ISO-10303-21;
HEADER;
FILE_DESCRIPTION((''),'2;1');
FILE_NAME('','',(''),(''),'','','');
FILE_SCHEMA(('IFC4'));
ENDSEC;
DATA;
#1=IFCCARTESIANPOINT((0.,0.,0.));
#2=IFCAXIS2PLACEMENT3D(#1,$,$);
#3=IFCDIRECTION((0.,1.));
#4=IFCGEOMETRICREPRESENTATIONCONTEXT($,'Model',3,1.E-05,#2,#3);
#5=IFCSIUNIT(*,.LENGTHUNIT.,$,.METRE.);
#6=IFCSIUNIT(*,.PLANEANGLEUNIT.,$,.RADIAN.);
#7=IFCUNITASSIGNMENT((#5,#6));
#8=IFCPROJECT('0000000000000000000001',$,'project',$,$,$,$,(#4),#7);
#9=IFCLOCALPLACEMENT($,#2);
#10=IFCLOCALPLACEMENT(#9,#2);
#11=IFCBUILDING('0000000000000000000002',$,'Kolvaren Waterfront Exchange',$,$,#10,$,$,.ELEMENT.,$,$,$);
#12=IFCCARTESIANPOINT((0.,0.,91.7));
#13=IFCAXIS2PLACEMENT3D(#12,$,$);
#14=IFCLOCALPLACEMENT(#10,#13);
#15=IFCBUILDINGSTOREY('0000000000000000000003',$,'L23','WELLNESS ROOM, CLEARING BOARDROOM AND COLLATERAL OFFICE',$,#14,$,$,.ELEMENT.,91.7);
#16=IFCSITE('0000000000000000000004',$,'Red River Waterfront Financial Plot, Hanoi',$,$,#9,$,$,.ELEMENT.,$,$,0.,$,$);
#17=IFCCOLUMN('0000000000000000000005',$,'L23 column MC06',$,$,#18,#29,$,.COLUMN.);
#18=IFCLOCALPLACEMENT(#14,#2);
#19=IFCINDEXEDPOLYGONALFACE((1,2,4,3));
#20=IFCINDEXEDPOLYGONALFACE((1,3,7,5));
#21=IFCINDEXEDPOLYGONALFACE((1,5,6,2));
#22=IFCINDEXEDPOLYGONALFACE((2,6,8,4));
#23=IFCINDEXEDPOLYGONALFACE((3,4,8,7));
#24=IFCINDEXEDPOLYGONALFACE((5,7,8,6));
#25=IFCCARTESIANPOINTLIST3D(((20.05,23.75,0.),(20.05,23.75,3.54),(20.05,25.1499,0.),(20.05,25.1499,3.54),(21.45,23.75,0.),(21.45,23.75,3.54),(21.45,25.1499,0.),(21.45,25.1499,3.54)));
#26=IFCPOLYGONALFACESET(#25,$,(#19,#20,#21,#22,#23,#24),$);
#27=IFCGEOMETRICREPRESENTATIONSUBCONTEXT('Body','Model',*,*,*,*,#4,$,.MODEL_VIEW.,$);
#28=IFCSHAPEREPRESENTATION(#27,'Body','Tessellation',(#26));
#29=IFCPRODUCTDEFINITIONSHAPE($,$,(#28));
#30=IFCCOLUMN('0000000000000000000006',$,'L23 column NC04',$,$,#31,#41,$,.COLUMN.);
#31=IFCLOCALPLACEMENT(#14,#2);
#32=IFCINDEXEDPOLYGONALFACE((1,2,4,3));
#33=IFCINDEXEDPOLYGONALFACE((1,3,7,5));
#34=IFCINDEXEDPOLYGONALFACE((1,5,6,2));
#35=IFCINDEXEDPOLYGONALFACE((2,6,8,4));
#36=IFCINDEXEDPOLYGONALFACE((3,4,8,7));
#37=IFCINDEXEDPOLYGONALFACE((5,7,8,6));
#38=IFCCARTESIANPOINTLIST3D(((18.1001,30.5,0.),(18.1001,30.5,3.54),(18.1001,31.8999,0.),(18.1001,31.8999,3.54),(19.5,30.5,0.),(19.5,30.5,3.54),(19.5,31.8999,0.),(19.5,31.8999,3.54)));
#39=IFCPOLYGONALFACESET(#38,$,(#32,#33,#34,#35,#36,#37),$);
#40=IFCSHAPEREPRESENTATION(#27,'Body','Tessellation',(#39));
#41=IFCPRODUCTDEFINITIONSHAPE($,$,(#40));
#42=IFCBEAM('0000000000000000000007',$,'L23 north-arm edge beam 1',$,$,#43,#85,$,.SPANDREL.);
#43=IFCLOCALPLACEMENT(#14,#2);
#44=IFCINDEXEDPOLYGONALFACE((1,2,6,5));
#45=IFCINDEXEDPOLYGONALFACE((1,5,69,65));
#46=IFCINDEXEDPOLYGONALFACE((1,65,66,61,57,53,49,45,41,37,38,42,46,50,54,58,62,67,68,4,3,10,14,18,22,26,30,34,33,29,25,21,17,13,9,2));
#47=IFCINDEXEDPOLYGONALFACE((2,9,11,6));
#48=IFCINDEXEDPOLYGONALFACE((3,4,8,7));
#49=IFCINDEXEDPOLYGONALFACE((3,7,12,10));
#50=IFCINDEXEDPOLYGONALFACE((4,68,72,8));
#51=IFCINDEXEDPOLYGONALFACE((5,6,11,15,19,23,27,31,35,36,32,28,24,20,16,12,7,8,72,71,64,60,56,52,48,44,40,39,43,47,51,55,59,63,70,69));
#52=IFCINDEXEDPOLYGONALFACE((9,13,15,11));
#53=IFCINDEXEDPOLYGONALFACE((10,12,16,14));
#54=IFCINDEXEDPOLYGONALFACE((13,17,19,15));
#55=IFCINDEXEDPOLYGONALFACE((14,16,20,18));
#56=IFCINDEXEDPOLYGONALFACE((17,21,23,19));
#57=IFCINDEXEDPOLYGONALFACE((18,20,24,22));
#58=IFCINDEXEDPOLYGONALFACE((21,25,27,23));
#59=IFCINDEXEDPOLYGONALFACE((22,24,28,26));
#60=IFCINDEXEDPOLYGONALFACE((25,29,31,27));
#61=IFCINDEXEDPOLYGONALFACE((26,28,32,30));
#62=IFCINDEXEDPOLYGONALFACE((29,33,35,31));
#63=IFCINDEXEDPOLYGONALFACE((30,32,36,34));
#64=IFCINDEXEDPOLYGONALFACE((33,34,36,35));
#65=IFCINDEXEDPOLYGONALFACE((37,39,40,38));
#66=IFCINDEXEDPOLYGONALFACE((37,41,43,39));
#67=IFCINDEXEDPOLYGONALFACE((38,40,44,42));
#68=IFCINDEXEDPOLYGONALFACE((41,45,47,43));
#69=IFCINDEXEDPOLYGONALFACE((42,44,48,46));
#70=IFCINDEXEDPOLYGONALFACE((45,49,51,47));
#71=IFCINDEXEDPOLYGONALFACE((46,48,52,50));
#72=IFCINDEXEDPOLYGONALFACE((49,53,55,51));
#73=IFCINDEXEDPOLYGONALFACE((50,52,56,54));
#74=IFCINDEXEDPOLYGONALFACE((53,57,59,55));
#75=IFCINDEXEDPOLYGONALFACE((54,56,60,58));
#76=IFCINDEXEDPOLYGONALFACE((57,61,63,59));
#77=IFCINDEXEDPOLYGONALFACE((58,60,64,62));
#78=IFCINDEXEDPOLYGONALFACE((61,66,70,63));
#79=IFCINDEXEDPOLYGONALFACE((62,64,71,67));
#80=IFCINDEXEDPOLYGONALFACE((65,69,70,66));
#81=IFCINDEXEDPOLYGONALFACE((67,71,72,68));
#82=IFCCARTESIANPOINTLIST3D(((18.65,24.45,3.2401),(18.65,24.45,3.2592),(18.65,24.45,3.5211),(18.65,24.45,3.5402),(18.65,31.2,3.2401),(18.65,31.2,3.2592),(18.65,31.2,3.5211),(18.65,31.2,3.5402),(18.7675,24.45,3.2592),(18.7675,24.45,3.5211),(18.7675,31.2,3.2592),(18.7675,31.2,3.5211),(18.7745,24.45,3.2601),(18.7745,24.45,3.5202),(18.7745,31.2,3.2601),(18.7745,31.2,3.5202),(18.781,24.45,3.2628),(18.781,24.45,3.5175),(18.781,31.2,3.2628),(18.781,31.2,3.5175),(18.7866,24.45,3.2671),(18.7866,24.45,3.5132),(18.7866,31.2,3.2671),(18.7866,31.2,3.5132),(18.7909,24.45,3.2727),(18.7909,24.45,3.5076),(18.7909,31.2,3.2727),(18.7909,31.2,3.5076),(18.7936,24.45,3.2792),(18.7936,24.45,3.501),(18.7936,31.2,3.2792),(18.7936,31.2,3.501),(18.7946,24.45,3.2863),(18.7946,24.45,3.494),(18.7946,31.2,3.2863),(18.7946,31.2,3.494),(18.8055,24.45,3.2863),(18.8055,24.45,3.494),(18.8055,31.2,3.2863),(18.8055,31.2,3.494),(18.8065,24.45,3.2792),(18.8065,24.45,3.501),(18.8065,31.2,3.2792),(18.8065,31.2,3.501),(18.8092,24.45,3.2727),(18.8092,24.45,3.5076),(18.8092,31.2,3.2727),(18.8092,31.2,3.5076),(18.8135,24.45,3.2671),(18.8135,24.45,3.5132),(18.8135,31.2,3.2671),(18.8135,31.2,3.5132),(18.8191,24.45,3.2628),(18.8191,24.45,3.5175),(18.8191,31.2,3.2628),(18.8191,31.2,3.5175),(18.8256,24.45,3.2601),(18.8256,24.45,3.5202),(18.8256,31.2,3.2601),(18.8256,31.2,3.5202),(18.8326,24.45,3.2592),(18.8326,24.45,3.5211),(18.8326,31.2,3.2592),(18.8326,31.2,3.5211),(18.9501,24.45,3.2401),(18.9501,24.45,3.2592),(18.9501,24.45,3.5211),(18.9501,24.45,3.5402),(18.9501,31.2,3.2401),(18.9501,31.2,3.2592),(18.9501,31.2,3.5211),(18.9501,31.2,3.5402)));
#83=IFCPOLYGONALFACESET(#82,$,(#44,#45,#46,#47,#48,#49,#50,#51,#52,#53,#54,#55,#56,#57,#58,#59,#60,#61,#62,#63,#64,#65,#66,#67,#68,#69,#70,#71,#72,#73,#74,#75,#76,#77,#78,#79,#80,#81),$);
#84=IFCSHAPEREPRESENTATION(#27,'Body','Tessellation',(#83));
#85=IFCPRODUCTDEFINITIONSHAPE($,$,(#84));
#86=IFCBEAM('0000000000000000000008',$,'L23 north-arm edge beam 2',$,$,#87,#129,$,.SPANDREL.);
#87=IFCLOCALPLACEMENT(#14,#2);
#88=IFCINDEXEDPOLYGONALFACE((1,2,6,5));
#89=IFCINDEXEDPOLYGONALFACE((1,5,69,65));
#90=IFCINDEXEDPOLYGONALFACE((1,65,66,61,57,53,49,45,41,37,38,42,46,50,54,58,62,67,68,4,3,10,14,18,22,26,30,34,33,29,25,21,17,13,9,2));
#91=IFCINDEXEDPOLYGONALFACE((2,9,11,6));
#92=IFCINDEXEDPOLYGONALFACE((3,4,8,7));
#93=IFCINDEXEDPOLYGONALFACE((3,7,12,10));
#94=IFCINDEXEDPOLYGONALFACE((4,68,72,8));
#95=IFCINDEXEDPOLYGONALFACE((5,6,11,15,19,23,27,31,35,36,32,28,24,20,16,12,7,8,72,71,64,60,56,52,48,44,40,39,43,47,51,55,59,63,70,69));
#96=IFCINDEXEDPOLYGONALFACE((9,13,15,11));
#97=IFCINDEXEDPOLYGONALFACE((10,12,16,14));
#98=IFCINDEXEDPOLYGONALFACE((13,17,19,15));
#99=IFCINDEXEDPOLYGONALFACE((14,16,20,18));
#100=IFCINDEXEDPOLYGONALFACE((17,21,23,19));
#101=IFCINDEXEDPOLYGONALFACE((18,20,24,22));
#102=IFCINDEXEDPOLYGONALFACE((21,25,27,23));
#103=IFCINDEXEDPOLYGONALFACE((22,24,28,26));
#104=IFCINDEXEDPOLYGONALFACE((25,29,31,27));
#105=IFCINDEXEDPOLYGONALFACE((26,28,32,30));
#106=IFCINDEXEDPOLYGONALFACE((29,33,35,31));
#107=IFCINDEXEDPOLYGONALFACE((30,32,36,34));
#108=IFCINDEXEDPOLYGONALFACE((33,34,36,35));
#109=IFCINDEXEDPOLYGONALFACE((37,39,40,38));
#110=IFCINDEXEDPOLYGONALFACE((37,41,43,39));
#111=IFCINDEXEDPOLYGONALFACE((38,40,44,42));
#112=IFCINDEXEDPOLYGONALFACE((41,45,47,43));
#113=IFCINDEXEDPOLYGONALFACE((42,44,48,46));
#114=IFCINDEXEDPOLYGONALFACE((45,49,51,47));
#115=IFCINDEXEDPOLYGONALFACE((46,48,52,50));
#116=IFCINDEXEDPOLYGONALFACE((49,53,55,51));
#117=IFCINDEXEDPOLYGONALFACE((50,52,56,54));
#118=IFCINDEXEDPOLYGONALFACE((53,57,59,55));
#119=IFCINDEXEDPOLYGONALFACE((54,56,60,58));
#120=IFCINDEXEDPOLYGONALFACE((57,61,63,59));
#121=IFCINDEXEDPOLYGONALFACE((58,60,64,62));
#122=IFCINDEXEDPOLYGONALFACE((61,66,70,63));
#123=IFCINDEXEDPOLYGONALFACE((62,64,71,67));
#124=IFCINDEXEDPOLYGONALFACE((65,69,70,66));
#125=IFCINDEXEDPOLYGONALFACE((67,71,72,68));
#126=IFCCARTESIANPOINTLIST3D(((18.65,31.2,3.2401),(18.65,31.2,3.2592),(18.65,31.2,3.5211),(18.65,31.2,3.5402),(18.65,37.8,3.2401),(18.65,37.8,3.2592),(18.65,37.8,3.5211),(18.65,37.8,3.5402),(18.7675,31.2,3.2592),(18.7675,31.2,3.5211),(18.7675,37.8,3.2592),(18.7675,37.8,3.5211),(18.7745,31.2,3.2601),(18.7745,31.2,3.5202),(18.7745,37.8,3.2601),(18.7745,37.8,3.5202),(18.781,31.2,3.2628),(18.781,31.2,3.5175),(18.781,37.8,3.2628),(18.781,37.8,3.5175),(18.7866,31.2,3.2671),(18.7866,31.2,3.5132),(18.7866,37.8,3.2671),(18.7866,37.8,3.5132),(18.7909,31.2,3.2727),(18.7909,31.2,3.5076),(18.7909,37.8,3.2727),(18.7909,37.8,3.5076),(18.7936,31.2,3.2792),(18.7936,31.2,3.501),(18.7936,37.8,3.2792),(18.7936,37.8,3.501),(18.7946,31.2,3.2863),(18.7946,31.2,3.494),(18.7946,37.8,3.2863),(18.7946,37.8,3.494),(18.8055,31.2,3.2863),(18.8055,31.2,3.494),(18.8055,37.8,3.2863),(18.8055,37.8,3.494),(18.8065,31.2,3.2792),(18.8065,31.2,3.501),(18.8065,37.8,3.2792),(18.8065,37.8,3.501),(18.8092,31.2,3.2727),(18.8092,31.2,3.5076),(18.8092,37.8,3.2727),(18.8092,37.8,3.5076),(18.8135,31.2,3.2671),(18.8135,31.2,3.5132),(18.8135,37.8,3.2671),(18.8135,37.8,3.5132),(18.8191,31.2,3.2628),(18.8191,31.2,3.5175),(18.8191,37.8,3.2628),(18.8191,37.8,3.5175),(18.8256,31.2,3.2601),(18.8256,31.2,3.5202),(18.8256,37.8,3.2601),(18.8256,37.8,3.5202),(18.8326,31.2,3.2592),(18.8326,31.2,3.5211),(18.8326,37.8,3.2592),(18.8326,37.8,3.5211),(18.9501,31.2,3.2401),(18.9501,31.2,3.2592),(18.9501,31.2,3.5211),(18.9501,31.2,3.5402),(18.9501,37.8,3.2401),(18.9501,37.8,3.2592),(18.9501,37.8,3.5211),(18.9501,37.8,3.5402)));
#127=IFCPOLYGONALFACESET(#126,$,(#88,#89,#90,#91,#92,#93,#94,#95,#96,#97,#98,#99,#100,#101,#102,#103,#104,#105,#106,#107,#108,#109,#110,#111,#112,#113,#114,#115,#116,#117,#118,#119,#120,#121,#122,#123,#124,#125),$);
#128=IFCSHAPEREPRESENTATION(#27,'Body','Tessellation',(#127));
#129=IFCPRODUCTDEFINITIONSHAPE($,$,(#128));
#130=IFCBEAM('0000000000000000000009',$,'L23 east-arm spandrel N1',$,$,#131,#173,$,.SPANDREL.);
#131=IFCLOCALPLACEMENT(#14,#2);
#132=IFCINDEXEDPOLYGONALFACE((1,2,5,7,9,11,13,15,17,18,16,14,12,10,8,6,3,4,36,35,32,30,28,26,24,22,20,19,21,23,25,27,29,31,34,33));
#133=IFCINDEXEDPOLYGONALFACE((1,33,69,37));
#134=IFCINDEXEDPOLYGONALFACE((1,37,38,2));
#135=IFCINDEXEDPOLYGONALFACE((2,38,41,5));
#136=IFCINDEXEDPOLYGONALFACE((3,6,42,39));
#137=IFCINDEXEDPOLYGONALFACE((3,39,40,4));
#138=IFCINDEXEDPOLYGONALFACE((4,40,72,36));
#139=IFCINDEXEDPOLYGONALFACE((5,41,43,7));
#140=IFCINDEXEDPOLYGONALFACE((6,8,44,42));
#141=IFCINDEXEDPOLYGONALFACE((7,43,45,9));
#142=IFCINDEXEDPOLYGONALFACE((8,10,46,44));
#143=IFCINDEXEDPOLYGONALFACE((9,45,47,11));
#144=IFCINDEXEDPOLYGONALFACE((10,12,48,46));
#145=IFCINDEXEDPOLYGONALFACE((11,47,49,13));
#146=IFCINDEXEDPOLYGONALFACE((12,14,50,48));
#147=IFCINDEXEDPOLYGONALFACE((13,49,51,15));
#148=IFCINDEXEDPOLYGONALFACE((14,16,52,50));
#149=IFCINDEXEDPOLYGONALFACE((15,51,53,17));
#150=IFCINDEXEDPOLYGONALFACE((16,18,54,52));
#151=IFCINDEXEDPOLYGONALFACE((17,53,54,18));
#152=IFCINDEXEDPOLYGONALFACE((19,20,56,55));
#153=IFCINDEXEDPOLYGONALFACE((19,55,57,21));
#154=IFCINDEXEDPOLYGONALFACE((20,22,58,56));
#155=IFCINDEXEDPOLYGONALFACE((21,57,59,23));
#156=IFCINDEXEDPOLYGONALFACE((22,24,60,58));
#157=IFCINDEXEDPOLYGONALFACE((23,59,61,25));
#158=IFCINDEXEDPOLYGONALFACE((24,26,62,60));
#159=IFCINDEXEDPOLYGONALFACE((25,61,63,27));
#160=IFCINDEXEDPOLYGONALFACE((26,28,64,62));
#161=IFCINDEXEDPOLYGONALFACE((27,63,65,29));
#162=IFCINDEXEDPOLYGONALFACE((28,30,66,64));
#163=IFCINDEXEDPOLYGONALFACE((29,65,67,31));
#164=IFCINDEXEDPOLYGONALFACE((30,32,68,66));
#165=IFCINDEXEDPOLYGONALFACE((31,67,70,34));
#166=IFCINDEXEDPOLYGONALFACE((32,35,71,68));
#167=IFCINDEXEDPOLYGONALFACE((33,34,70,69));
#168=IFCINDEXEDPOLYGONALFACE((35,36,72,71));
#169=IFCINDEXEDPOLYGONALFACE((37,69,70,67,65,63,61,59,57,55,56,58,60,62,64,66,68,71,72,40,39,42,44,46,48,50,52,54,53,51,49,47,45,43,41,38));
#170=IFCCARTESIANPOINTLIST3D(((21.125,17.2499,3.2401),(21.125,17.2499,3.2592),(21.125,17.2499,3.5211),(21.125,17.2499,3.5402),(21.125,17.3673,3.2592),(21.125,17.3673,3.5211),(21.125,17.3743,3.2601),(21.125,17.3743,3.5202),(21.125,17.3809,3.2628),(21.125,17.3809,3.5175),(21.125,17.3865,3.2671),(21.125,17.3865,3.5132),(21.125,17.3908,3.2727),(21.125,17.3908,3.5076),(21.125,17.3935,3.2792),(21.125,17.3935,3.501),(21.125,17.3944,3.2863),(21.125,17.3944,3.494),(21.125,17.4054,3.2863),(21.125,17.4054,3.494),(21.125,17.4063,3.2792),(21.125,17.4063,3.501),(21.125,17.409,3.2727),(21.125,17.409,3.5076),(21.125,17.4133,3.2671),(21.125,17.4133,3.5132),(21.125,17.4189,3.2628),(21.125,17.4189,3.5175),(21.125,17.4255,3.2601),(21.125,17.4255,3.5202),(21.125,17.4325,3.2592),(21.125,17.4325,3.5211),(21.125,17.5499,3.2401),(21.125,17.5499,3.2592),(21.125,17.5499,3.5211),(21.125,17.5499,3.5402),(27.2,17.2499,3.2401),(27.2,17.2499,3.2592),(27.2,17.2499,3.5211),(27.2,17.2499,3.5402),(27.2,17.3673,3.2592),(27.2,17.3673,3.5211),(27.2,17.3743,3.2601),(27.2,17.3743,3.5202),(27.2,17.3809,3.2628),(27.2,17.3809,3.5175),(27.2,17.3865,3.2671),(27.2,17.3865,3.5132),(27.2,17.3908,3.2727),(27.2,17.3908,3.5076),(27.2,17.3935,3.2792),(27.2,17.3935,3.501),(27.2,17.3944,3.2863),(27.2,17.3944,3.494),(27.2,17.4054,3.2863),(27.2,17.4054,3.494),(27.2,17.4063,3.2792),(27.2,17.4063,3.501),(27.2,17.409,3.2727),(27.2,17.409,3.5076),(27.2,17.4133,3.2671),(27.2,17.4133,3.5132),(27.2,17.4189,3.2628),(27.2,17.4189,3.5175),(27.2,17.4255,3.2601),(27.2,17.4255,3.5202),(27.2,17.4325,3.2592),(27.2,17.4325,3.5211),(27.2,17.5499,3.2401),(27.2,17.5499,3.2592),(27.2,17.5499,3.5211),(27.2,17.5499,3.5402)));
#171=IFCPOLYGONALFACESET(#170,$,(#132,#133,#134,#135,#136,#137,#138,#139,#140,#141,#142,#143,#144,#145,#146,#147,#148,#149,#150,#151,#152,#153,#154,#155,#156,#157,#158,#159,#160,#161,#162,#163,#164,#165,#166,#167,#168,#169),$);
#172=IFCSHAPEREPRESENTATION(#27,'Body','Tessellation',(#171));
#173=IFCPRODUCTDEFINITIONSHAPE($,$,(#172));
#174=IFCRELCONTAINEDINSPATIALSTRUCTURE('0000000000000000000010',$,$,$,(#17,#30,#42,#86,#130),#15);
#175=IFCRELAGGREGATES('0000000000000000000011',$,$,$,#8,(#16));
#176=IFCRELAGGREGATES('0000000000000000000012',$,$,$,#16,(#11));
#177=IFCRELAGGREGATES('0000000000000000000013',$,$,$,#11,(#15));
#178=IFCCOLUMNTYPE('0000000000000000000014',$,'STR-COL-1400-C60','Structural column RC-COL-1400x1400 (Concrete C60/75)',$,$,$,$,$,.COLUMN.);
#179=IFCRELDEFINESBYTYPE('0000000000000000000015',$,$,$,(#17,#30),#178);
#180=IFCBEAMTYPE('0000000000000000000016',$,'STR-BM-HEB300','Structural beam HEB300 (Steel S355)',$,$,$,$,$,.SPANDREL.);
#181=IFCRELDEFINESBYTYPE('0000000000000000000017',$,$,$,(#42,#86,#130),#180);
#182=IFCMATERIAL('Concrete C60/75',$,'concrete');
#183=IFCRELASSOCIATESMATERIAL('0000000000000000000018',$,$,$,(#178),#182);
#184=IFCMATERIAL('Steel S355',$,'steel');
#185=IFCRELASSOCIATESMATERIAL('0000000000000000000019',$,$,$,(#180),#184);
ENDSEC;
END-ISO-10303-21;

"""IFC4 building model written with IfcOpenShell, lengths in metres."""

from ifc_helpers import new_model, si_unit, direction, frame, origin, origin_2d, place, context, subcontext, project, spatial, rectangle, i_section, extrude, material, material_profile, profile_set, type_object, element, save


model = new_model("IFC4")

# Units and contexts
model_context = context("Model", 3, precision=1e-05, world=origin(), true_north=direction((0.0, 1.0)))
body_context = subcontext(model_context, "Body", "Model", "MODEL_VIEW")
ifc_project = project(units=[si_unit("LENGTHUNIT", "METRE"), si_unit("PLANEANGLEUNIT", "RADIAN")], contexts=[model_context])

# Site, building, storey
site_placement = place(None, origin())
site = spatial("IfcSite", under=ifc_project, at=site_placement, Name="Red River Waterfront Financial Plot, Hanoi", CompositionType="ELEMENT", RefElevation=0.0)
building_placement = place(site_placement, origin())
building = spatial("IfcBuilding", under=site, at=building_placement, Name="Kolvaren Waterfront Exchange", CompositionType="ELEMENT")
storey_placement = place(building_placement, frame((0.0, 0.0, 91.7)))
storey = spatial("IfcBuildingStorey", under=building, at=storey_placement, Name="L23", Description="WELLNESS ROOM, CLEARING BOARDROOM AND COLLATERAL OFFICE", CompositionType="ELEMENT", Elevation=91.7)

# Columns
ifc_material_1 = material(Name="Concrete C60/75", Category="concrete")
ifc_material_profile_1 = material_profile(ifc_material_1, rectangle(XDim=1.3999, YDim=1.3999, at=origin_2d()), Name="RC-COL-1400x1400")
ifc_profile_set_1 = profile_set([ifc_material_profile_1], Name="Concrete C60/75")
column_type = type_object("IfcColumnType", Name="STR-COL-1400-C60", Description="Structural column RC-COL-1400x1400 (Concrete C60/75)", PredefinedType="COLUMN", material=ifc_profile_set_1)
for number, where, z_axis, x_axis, name in (
    (1, (20.75, 24.45, 0.0), (0.0, 0.0, 1.0), (1.0, 0.0, 0.0), "L23 column MC06"),
    (2, (18.8, 31.2, 0.0), (0.0, 0.0, 1.0), (1.0, 0.0, 0.0), "L23 column NC04"),
):
    element("IfcColumn", number, at=place(storey_placement, frame(where, z_axis=z_axis, x_axis=x_axis)), inside=storey, type_object=column_type, Name=name, PredefinedType="COLUMN", context=body_context, shape_type="SweptSolid", body=[
        extrude(rectangle(XDim=1.3999, YDim=1.3999, at=origin_2d()), origin(), (0.0, 0.0, 1.0), 3.54),
    ])

# Beams
ifc_material_2 = material(Name="Steel S355", Category="steel")
ifc_material_profile_2 = material_profile(ifc_material_2, i_section(OverallWidth=0.3, OverallDepth=0.3, WebThickness=0.011, FlangeThickness=0.019, FilletRadius=0.0271, at=origin_2d()), Name="HEB300")
ifc_profile_set_2 = profile_set([ifc_material_profile_2], Name="Steel S355")
beam_type_1 = type_object("IfcBeamType", Name="STR-BM-HEB300", Description="Structural beam HEB300 (Steel S355)", PredefinedType="SPANDREL", material=ifc_profile_set_2)
beam_1_placement = place(storey_placement, frame((18.8, 24.45, 3.3901), z_axis=(0.0, 1.0, 0.0), x_axis=(-1.0, 0.0, 0.0)))
element("IfcBeam", 3, at=beam_1_placement, inside=storey, type_object=beam_type_1, Name="L23 north-arm edge beam 1", PredefinedType="SPANDREL", context=body_context, shape_type="SweptSolid", body=[
    extrude(i_section(OverallWidth=0.3, OverallDepth=0.3, WebThickness=0.011, FlangeThickness=0.019, FilletRadius=0.0271, at=origin_2d()), origin(), (0.0, 0.0, 1.0), 6.75),
])
beam_2_placement = place(storey_placement, frame((18.8, 31.2, 3.3901), z_axis=(0.0, 1.0, 0.0), x_axis=(-1.0, 0.0, 0.0)))
element("IfcBeam", 4, at=beam_2_placement, inside=storey, type_object=beam_type_1, Name="L23 north-arm edge beam 2", PredefinedType="SPANDREL", context=body_context, shape_type="SweptSolid", body=[
    extrude(i_section(OverallWidth=0.3, OverallDepth=0.3, WebThickness=0.011, FlangeThickness=0.019, FilletRadius=0.0271, at=origin_2d()), origin(), (0.0, 0.0, 1.0), 6.6001),
])
beam_3_placement = place(storey_placement, frame((21.125, 17.3999, 3.3901), z_axis=(1.0, 0.0, 0.0), x_axis=(0.0, 1.0, 0.0)))
element("IfcBeam", 5, at=beam_3_placement, inside=storey, type_object=beam_type_1, Name="L23 east-arm spandrel N1", PredefinedType="SPANDREL", context=body_context, shape_type="SweptSolid", body=[
    extrude(i_section(OverallWidth=0.3, OverallDepth=0.3, WebThickness=0.011, FlangeThickness=0.019, FilletRadius=0.0271, at=origin_2d()), origin(), (0.0, 0.0, 1.0), 6.075),
])

save(model, "model.ifc")
